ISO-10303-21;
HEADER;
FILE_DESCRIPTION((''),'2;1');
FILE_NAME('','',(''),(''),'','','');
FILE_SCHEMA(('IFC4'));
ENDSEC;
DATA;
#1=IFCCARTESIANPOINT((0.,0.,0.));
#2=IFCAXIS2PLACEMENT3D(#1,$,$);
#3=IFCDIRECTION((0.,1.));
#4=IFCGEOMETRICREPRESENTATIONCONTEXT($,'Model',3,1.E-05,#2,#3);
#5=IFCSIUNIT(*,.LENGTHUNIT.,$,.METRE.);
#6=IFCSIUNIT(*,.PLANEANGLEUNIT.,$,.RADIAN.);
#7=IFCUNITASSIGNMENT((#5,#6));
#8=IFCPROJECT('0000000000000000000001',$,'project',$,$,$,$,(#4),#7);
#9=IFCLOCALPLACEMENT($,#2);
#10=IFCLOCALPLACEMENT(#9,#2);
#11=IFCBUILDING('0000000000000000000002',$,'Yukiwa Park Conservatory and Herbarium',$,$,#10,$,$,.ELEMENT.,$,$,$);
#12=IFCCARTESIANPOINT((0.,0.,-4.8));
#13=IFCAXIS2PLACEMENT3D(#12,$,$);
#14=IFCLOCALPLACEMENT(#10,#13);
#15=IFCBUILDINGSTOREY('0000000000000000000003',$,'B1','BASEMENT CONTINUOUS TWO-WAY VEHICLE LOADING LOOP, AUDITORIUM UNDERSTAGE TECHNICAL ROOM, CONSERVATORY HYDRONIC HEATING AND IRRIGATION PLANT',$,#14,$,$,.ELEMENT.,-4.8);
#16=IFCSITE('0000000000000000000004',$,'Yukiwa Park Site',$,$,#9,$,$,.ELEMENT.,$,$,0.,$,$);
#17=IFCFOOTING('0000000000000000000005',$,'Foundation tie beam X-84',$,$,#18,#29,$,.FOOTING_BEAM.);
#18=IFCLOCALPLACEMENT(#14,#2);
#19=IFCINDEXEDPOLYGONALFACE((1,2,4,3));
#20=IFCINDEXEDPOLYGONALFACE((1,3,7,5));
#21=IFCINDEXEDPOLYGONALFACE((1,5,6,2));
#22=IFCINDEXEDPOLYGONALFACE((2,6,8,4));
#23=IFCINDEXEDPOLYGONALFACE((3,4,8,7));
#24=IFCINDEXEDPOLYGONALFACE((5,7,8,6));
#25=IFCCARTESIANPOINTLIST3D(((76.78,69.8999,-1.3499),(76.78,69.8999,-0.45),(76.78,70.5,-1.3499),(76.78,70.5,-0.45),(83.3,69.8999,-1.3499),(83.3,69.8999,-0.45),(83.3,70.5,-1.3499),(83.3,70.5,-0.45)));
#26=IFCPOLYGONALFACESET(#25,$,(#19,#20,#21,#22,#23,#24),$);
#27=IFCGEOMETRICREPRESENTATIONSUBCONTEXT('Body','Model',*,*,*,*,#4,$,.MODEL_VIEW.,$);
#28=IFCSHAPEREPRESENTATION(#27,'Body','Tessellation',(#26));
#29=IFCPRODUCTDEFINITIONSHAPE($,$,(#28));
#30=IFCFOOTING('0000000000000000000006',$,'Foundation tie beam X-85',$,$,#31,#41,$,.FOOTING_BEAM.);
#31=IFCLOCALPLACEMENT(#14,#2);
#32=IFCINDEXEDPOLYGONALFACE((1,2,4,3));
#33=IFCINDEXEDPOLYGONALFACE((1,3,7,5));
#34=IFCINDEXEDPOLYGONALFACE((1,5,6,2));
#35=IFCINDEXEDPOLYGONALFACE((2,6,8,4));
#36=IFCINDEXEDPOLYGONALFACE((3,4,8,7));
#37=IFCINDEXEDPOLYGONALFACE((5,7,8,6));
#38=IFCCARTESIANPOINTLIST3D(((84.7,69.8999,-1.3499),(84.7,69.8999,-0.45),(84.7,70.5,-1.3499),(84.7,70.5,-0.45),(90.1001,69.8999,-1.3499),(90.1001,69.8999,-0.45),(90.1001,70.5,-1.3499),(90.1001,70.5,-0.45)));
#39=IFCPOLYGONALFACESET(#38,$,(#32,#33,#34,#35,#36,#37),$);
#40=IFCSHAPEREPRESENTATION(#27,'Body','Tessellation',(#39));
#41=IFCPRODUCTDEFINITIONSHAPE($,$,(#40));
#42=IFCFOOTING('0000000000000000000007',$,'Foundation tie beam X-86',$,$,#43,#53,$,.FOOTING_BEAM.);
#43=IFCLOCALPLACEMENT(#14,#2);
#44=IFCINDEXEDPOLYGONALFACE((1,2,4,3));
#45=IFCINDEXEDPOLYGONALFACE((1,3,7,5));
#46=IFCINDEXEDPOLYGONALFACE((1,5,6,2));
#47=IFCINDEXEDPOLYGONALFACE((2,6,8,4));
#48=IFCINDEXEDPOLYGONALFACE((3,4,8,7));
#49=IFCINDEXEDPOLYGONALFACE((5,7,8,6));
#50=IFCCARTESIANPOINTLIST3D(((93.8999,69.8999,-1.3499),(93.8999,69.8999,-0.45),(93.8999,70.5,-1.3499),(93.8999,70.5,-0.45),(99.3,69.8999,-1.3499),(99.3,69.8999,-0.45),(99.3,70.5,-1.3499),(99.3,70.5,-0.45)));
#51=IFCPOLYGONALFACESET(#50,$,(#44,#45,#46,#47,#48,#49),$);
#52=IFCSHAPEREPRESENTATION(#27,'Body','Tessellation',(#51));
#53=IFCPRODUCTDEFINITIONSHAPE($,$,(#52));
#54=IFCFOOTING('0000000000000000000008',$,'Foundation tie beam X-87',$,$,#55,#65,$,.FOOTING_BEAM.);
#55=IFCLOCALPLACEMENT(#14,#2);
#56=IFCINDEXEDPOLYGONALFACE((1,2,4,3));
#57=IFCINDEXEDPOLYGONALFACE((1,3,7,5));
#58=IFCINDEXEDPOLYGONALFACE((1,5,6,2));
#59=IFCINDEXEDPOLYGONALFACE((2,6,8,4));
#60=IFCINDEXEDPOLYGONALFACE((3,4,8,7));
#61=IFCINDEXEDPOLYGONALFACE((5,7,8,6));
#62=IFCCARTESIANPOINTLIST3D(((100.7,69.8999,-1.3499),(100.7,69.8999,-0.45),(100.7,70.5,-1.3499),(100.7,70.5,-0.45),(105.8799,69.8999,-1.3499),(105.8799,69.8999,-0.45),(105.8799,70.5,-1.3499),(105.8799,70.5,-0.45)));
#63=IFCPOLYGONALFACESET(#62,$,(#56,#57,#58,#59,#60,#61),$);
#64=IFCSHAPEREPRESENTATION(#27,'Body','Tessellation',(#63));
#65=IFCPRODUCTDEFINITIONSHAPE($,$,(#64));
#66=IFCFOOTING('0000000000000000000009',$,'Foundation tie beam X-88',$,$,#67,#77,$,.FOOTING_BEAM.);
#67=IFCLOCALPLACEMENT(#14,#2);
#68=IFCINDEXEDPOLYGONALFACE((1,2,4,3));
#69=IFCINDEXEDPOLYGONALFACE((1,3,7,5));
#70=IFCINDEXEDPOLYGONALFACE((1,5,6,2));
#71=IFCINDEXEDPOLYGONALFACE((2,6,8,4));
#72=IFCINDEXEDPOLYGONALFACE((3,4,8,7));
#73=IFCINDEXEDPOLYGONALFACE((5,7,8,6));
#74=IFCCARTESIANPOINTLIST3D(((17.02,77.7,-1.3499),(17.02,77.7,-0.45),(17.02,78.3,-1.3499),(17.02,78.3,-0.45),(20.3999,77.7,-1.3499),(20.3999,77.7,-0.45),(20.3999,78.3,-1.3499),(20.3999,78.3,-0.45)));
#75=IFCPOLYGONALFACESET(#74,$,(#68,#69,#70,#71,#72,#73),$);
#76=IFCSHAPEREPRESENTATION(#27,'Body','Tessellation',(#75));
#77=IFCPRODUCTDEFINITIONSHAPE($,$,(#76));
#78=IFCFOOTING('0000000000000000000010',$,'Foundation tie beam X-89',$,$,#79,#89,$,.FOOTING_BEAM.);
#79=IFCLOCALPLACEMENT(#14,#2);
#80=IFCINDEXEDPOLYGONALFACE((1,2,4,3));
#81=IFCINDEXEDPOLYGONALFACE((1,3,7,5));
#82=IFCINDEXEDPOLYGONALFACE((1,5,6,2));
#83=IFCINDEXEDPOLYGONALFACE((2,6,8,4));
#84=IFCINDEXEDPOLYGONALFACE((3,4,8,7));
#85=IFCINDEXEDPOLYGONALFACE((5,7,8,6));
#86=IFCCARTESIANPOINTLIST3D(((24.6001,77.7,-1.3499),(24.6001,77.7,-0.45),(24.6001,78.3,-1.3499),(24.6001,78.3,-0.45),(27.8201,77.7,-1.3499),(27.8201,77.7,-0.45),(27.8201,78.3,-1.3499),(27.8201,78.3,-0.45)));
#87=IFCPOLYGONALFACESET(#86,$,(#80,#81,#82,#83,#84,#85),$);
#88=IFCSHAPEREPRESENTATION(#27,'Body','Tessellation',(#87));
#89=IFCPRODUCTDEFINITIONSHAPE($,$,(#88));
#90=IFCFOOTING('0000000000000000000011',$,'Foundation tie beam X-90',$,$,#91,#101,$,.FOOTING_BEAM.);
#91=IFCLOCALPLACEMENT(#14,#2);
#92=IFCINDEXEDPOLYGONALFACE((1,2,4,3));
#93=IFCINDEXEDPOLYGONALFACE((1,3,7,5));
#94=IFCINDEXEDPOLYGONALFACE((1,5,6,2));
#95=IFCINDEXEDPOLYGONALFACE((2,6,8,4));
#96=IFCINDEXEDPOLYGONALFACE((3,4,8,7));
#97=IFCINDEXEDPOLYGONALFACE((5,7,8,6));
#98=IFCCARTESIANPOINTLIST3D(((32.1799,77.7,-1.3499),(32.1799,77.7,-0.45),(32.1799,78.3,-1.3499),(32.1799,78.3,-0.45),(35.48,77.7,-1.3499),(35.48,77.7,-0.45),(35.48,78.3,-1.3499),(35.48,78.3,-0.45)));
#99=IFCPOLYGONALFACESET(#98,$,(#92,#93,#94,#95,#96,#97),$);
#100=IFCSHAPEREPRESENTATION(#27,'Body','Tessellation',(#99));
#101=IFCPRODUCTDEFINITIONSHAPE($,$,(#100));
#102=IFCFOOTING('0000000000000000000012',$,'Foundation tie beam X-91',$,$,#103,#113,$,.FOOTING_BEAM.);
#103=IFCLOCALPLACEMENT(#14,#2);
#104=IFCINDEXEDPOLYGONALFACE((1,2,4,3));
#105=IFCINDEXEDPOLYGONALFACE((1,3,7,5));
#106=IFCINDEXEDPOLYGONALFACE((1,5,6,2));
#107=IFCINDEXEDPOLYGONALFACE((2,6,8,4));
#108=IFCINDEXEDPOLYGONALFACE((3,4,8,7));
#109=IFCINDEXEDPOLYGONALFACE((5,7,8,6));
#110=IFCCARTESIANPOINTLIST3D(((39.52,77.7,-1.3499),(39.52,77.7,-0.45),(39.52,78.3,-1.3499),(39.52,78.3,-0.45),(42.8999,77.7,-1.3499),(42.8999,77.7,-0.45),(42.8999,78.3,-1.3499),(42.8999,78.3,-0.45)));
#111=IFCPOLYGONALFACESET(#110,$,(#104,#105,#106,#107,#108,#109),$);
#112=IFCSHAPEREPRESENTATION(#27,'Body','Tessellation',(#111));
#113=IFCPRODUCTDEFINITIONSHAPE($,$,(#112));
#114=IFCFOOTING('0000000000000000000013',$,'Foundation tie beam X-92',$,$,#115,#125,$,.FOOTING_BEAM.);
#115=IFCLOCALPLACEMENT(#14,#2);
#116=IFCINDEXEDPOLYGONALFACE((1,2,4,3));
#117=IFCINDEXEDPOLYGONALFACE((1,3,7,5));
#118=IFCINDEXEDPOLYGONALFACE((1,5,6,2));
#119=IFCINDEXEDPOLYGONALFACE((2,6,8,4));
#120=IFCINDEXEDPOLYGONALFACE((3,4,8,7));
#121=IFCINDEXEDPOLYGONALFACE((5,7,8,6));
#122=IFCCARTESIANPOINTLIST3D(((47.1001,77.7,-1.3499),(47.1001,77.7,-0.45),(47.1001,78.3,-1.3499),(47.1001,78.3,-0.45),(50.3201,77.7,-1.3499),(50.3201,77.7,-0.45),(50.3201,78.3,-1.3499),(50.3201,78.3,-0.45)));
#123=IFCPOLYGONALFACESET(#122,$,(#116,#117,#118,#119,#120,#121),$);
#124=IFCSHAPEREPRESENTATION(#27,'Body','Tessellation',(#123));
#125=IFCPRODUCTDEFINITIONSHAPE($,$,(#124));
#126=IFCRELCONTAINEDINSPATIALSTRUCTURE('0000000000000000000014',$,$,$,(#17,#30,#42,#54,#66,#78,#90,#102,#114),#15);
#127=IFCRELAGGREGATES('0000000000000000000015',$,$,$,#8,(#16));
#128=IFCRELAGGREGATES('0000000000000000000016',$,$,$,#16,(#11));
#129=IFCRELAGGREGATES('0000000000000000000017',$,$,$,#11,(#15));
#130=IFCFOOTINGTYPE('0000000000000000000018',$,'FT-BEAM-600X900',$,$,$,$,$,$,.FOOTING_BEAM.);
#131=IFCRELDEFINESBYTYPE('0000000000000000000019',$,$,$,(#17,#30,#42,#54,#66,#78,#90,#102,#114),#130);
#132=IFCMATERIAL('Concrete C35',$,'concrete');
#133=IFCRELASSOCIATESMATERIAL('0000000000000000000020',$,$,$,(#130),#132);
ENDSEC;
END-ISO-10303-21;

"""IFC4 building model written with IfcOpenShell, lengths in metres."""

from ifc_helpers import new_model, si_unit, direction, frame, origin, place, context, subcontext, project, spatial, polyline, outline, extrude, material, type_object, element, save


model = new_model("IFC4")

# Units and contexts
model_context = context("Model", 3, precision=1e-05, world=origin(), true_north=direction((0.0, 1.0)))
body_context = subcontext(model_context, "Body", "Model", "MODEL_VIEW")
ifc_project = project(units=[si_unit("LENGTHUNIT", "METRE"), si_unit("PLANEANGLEUNIT", "RADIAN")], contexts=[model_context])

# Site, building, storey
site_placement = place(None, origin())
site = spatial("IfcSite", under=ifc_project, at=site_placement, Name="Yukiwa Park Site", CompositionType="ELEMENT", RefElevation=0.0)
building_placement = place(site_placement, origin())
building = spatial("IfcBuilding", under=site, at=building_placement, Name="Yukiwa Park Conservatory and Herbarium", CompositionType="ELEMENT")
storey_placement = place(building_placement, frame((0.0, 0.0, -4.8)))
storey = spatial("IfcBuildingStorey", under=building, at=storey_placement, Name="B1", Description="BASEMENT CONTINUOUS TWO-WAY VEHICLE LOADING LOOP, AUDITORIUM UNDERSTAGE TECHNICAL ROOM, CONSERVATORY HYDRONIC HEATING AND IRRIGATION PLANT", CompositionType="ELEMENT", Elevation=-4.8)

# Footings
ifc_material = material(Name="Concrete C35", Category="concrete")
footing_type = type_object("IfcFootingType", Name="FT-BEAM-600X900", PredefinedType="FOOTING_BEAM", material=ifc_material)
footing_1_placement = place(storey_placement, frame((0.0, 0.0, -1.3499)))
element("IfcFooting", 1, at=footing_1_placement, inside=storey, type_object=footing_type, Name="Foundation tie beam X-84", PredefinedType="FOOTING_BEAM", context=body_context, shape_type="SweptSolid", body=[
    extrude(outline(polyline([(76.78, 69.8999), (83.3, 69.8999), (83.3, 70.5), (76.78, 70.5), (76.78, 69.8999)])), origin(), (0.0, 0.0, 1.0), 0.8999),
])
footing_2_placement = place(storey_placement, frame((0.0, 0.0, -1.3499)))
element("IfcFooting", 2, at=footing_2_placement, inside=storey, type_object=footing_type, Name="Foundation tie beam X-85", PredefinedType="FOOTING_BEAM", context=body_context, shape_type="SweptSolid", body=[
    extrude(outline(polyline([(84.7, 69.8999), (90.1001, 69.8999), (90.1001, 70.5), (84.7, 70.5), (84.7, 69.8999)])), origin(), (0.0, 0.0, 1.0), 0.8999),
])
footing_3_placement = place(storey_placement, frame((0.0, 0.0, -1.3499)))
element("IfcFooting", 3, at=footing_3_placement, inside=storey, type_object=footing_type, Name="Foundation tie beam X-86", PredefinedType="FOOTING_BEAM", context=body_context, shape_type="SweptSolid", body=[
    extrude(outline(polyline([(93.8999, 69.8999), (99.3, 69.8999), (99.3, 70.5), (93.8999, 70.5), (93.8999, 69.8999)])), origin(), (0.0, 0.0, 1.0), 0.8999),
])
footing_4_placement = place(storey_placement, frame((0.0, 0.0, -1.3499)))
element("IfcFooting", 4, at=footing_4_placement, inside=storey, type_object=footing_type, Name="Foundation tie beam X-87", PredefinedType="FOOTING_BEAM", context=body_context, shape_type="SweptSolid", body=[
    extrude(outline(polyline([(100.7, 69.8999), (105.8799, 69.8999), (105.8799, 70.5), (100.7, 70.5), (100.7, 69.8999)])), origin(), (0.0, 0.0, 1.0), 0.8999),
])
footing_5_placement = place(storey_placement, frame((0.0, 0.0, -1.3499)))
element("IfcFooting", 5, at=footing_5_placement, inside=storey, type_object=footing_type, Name="Foundation tie beam X-88", PredefinedType="FOOTING_BEAM", context=body_context, shape_type="SweptSolid", body=[
    extrude(outline(polyline([(17.02, 77.7), (20.3999, 77.7), (20.3999, 78.3), (17.02, 78.3), (17.02, 77.7)])), origin(), (0.0, 0.0, 1.0), 0.8999),
])
footing_6_placement = place(storey_placement, frame((0.0, 0.0, -1.3499)))
element("IfcFooting", 6, at=footing_6_placement, inside=storey, type_object=footing_type, Name="Foundation tie beam X-89", PredefinedType="FOOTING_BEAM", context=body_context, shape_type="SweptSolid", body=[
    extrude(outline(polyline([(24.6001, 77.7), (27.8201, 77.7), (27.8201, 78.3), (24.6001, 78.3), (24.6001, 77.7)])), origin(), (0.0, 0.0, 1.0), 0.8999),
])
footing_7_placement = place(storey_placement, frame((0.0, 0.0, -1.3499)))
element("IfcFooting", 7, at=footing_7_placement, inside=storey, type_object=footing_type, Name="Foundation tie beam X-90", PredefinedType="FOOTING_BEAM", context=body_context, shape_type="SweptSolid", body=[
    extrude(outline(polyline([(32.1799, 77.7), (35.48, 77.7), (35.48, 78.3), (32.1799, 78.3), (32.1799, 77.7)])), origin(), (0.0, 0.0, 1.0), 0.8999),
])
footing_8_placement = place(storey_placement, frame((0.0, 0.0, -1.3499)))
element("IfcFooting", 8, at=footing_8_placement, inside=storey, type_object=footing_type, Name="Foundation tie beam X-91", PredefinedType="FOOTING_BEAM", context=body_context, shape_type="SweptSolid", body=[
    extrude(outline(polyline([(39.52, 77.7), (42.8999, 77.7), (42.8999, 78.3), (39.52, 78.3), (39.52, 77.7)])), origin(), (0.0, 0.0, 1.0), 0.8999),
])
footing_9_placement = place(storey_placement, frame((0.0, 0.0, -1.3499)))
element("IfcFooting", 9, at=footing_9_placement, inside=storey, type_object=footing_type, Name="Foundation tie beam X-92", PredefinedType="FOOTING_BEAM", context=body_context, shape_type="SweptSolid", body=[
    extrude(outline(polyline([(47.1001, 77.7), (50.3201, 77.7), (50.3201, 78.3), (47.1001, 78.3), (47.1001, 77.7)])), origin(), (0.0, 0.0, 1.0), 0.8999),
])

save(model, "model.ifc")
